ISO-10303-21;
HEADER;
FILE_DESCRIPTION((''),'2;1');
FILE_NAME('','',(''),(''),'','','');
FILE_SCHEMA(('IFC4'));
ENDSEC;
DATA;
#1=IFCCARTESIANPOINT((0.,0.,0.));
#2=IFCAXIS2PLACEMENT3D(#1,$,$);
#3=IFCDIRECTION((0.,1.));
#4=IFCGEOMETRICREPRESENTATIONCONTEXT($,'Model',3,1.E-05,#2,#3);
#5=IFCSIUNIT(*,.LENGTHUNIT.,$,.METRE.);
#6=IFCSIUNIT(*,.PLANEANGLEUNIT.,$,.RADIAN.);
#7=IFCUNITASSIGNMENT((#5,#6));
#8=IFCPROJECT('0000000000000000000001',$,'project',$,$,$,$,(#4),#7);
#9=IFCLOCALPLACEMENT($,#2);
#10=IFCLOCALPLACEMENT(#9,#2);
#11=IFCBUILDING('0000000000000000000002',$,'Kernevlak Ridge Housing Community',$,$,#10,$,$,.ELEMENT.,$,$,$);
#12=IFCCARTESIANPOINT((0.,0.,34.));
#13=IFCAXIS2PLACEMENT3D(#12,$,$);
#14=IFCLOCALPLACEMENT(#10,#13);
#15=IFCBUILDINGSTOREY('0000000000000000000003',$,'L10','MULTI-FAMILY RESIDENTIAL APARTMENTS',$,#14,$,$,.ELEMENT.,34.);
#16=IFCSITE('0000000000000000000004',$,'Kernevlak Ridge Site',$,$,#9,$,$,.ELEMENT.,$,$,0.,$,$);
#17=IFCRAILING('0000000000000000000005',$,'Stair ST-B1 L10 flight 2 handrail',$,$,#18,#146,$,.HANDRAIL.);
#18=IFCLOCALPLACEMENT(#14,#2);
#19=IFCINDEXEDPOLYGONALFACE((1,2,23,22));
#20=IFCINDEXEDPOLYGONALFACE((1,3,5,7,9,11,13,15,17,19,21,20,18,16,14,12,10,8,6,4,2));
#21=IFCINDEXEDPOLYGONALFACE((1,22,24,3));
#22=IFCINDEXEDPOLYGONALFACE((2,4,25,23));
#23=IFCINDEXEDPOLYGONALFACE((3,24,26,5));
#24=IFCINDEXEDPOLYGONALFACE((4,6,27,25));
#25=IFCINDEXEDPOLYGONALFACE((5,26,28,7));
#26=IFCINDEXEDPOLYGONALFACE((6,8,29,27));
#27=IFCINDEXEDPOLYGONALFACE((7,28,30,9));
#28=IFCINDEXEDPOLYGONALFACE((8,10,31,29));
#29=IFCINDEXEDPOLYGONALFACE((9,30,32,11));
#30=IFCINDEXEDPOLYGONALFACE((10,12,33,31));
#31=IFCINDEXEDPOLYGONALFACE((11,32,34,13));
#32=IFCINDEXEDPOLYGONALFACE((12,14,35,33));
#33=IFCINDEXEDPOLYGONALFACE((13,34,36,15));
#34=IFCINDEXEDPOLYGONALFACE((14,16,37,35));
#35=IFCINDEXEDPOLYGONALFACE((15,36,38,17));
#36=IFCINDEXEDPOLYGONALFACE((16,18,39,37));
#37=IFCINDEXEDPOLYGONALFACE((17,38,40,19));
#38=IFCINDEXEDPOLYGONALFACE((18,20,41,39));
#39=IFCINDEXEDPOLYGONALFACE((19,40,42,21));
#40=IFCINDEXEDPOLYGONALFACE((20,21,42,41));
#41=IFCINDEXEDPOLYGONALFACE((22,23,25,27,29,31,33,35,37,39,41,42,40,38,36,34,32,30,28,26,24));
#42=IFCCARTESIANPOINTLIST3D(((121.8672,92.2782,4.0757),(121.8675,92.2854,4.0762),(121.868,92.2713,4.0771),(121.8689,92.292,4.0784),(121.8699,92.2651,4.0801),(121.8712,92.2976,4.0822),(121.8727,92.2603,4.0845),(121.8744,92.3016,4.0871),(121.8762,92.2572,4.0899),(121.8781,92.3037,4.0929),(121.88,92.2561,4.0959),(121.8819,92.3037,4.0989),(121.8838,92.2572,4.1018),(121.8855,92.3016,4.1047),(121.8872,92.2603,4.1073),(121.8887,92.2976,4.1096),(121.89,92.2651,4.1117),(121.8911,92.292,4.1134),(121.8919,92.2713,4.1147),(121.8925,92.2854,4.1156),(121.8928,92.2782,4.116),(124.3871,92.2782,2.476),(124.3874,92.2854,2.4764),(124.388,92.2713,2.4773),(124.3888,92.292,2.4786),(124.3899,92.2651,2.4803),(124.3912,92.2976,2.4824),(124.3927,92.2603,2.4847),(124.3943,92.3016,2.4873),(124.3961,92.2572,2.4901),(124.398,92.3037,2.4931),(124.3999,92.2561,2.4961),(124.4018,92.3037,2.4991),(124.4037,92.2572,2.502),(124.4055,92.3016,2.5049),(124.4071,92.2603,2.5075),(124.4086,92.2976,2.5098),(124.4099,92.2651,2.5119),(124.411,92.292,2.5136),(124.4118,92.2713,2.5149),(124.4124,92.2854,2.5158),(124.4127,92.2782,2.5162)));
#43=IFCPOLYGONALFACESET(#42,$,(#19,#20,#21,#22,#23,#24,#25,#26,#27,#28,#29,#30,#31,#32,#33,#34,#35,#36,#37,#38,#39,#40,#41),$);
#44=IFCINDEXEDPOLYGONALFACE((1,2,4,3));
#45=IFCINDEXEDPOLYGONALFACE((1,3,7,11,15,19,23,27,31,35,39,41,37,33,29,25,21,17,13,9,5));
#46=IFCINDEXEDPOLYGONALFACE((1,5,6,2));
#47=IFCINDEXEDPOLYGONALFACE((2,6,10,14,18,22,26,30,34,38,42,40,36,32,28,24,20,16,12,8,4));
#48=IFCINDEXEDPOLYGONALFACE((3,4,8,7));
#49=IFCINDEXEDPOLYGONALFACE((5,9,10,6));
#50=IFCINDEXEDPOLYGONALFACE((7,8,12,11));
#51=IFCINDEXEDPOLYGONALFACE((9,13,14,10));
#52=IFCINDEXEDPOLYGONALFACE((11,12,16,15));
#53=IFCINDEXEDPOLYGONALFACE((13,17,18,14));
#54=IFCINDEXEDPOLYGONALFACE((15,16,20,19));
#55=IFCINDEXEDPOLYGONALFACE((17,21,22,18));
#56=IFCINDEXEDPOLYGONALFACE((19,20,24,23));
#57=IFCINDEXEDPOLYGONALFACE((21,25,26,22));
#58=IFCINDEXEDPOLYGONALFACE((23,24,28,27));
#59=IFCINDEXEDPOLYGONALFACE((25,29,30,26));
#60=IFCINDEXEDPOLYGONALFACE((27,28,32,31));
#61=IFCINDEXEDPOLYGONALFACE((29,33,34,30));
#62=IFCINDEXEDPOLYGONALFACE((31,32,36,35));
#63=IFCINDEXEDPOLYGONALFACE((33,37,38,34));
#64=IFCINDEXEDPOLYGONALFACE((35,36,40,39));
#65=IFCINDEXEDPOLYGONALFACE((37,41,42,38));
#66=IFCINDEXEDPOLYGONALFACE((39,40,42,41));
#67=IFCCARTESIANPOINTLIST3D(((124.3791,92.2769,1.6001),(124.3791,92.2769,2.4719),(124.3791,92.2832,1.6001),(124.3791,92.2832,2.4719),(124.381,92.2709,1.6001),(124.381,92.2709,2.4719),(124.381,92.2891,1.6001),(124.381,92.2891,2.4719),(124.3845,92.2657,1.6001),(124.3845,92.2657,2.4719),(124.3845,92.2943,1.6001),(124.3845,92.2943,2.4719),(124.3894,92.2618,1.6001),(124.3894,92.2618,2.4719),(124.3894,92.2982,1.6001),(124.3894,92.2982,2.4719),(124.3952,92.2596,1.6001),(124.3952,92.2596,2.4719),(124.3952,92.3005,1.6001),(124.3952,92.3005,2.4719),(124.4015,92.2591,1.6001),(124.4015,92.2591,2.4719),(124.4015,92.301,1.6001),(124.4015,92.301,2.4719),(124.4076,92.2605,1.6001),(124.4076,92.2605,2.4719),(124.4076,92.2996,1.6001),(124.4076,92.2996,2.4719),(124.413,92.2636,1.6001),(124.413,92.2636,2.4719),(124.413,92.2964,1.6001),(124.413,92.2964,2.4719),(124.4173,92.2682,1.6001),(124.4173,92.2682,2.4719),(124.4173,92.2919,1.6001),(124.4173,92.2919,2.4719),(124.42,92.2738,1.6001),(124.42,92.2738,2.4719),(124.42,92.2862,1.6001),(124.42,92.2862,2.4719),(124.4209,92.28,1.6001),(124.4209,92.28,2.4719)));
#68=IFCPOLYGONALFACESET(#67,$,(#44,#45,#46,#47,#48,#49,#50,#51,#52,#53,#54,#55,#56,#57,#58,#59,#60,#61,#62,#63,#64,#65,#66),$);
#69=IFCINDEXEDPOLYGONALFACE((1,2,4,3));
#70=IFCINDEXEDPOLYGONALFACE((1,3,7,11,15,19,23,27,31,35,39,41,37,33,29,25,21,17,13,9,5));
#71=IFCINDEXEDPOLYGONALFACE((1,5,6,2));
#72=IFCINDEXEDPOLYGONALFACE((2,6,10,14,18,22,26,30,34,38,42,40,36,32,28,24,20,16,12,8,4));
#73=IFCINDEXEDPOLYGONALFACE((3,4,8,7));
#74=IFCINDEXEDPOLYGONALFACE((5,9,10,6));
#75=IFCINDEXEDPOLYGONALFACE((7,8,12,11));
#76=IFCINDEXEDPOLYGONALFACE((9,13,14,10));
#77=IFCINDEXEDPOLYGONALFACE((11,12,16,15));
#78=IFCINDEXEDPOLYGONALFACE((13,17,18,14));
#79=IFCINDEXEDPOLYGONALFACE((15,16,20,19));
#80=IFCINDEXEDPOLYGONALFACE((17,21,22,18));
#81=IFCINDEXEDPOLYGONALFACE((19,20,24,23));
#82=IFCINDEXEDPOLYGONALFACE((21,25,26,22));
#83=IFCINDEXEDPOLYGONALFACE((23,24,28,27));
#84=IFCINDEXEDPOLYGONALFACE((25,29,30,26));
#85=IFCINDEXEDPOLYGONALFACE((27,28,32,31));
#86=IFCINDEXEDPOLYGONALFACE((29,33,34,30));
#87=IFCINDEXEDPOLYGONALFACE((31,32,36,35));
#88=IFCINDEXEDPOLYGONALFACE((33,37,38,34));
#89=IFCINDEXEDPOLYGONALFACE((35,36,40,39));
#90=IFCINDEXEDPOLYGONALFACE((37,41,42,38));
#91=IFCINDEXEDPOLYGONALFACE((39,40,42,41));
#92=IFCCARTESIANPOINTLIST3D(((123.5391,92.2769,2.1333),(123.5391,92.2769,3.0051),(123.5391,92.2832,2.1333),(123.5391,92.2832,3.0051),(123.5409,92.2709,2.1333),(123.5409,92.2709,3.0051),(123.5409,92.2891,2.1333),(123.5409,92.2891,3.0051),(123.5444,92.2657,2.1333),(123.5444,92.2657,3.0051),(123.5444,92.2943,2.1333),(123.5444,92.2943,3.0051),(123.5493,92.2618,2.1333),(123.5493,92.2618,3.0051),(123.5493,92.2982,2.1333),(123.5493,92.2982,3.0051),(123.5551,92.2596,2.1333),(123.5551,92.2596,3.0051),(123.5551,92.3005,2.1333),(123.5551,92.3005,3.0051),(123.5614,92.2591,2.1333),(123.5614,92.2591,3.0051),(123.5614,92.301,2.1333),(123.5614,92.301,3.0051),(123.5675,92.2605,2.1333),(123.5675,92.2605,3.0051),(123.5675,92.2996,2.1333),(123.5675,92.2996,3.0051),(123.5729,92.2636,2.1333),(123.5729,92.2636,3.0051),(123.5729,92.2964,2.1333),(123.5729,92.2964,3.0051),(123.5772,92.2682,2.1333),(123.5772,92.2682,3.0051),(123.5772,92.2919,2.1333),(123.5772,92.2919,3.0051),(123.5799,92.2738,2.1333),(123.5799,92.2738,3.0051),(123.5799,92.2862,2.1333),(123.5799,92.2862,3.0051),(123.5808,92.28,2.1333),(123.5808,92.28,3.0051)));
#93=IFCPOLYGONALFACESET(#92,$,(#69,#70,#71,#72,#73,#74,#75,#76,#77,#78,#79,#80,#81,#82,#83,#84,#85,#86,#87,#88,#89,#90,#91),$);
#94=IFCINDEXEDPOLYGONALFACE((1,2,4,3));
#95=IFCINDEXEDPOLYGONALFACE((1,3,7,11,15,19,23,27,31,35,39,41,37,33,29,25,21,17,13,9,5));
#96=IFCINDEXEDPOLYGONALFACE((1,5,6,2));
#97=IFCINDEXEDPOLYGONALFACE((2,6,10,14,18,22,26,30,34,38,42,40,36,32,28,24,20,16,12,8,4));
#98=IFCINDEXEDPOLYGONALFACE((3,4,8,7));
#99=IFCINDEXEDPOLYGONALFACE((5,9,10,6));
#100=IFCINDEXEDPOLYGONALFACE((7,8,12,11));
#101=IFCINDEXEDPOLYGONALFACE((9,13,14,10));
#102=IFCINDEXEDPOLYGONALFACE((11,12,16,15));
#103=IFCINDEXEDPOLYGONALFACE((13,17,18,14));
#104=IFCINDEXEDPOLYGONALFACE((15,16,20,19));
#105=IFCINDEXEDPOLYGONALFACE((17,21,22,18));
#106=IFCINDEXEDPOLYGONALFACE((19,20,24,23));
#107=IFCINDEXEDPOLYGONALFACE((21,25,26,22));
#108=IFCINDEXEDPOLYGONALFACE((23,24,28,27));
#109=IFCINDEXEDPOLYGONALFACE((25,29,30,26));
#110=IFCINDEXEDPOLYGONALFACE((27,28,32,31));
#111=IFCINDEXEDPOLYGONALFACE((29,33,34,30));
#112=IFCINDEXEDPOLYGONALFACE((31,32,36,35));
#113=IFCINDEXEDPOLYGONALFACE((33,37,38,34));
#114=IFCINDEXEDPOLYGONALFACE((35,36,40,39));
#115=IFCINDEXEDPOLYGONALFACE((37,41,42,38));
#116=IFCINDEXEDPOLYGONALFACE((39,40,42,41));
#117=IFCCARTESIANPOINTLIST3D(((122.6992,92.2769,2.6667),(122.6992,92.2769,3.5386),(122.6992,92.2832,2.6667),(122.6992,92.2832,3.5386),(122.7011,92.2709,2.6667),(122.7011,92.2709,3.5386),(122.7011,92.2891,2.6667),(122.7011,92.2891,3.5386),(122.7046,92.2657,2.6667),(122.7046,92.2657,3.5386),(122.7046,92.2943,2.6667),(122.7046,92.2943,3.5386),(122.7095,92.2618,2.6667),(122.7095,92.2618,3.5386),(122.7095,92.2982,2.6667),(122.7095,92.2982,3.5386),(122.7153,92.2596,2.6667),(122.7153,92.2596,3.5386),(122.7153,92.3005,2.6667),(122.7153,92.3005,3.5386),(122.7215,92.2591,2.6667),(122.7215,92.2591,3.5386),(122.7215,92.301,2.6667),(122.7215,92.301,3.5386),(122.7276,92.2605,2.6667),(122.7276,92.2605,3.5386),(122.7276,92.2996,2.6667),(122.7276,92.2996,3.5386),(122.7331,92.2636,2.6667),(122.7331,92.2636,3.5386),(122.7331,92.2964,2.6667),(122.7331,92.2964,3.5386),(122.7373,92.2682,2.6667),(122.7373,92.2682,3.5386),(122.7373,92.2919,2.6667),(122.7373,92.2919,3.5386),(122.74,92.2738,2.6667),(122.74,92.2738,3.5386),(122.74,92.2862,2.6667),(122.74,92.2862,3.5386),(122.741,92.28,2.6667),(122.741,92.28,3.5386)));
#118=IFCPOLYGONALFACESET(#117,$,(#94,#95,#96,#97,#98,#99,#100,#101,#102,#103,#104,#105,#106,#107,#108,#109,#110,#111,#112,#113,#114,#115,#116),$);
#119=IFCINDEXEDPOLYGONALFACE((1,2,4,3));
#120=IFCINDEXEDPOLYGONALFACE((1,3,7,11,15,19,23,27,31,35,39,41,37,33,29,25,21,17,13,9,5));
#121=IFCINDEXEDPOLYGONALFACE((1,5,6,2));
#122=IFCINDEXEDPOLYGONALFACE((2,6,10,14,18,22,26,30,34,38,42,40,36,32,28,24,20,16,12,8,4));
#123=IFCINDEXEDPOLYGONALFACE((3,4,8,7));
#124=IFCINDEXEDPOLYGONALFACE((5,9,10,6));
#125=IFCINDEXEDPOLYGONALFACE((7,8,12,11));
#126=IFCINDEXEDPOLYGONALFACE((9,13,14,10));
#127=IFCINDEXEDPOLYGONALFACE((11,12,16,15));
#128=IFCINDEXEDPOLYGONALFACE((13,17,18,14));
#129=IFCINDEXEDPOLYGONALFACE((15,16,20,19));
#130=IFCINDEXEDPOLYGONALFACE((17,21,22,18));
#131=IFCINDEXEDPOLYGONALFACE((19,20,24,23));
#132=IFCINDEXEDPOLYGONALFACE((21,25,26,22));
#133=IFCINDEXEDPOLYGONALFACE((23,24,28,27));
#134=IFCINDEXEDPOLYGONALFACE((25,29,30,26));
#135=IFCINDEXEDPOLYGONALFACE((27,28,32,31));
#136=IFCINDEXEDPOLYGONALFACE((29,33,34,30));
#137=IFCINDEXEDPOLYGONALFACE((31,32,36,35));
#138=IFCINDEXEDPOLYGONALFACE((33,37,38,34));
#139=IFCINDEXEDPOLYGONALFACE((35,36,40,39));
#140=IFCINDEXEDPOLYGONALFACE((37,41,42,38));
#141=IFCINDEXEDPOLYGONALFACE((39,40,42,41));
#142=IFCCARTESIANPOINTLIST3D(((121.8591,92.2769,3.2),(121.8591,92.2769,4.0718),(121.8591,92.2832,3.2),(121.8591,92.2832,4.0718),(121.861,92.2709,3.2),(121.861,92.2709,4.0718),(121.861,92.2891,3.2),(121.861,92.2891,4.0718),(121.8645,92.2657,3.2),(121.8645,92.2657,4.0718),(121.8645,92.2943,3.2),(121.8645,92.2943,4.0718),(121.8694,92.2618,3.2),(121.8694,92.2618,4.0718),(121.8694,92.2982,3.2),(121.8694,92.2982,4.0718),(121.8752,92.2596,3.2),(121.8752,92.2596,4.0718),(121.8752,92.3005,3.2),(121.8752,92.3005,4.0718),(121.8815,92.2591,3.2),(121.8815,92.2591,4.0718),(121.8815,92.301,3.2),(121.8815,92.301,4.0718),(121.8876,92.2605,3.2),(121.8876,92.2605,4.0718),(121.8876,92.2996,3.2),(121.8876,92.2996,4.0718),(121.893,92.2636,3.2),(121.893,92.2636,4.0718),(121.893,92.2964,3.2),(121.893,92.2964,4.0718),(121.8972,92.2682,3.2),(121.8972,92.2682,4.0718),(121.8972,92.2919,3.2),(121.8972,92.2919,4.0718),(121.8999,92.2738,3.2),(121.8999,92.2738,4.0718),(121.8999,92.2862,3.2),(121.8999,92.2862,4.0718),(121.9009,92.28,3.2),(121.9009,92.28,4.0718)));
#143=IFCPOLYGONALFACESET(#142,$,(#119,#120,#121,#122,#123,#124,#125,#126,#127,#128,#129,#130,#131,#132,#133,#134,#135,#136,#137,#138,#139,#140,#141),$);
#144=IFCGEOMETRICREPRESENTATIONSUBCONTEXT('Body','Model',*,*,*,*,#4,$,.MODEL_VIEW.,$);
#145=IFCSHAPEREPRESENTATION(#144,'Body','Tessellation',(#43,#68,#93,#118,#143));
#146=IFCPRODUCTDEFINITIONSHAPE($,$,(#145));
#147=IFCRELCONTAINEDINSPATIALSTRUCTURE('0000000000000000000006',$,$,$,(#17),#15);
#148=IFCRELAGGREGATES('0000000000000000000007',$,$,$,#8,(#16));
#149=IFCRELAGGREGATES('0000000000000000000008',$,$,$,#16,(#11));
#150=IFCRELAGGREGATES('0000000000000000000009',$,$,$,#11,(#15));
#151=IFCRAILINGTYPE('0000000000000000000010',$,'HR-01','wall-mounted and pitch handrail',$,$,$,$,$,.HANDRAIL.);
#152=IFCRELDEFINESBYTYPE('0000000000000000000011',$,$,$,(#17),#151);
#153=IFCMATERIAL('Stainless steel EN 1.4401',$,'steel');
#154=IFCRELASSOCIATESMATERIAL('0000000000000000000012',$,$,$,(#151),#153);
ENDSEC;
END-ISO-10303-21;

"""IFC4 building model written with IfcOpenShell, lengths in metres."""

from ifc_helpers import new_model, si_unit, direction, frame, origin, origin_2d, place, context, subcontext, project, spatial, circle, extrude, material, type_object, element, save


model = new_model("IFC4")

# Units and contexts
model_context = context("Model", 3, precision=1e-05, world=origin(), true_north=direction((0.0, 1.0)))
body_context = subcontext(model_context, "Body", "Model", "MODEL_VIEW")
ifc_project = project(units=[si_unit("LENGTHUNIT", "METRE"), si_unit("PLANEANGLEUNIT", "RADIAN")], contexts=[model_context])

# Site, building, storey
site_placement = place(None, origin())
site = spatial("IfcSite", under=ifc_project, at=site_placement, Name="Kernevlak Ridge Site", CompositionType="ELEMENT", RefElevation=0.0)
building_placement = place(site_placement, origin())
building = spatial("IfcBuilding", under=site, at=building_placement, Name="Kernevlak Ridge Housing Community", CompositionType="ELEMENT")
storey_placement = place(building_placement, frame((0.0, 0.0, 34.0)))
storey = spatial("IfcBuildingStorey", under=building, at=storey_placement, Name="L10", Description="MULTI-FAMILY RESIDENTIAL APARTMENTS", CompositionType="ELEMENT", Elevation=34.0)

# Shared definitions
ifc_material_1 = material(Name="Stainless steel EN 1.4401", Category="steel")

# Railing
railing_type_1 = type_object("IfcRailingType", Name="HR-01", Description="wall-mounted and pitch handrail", PredefinedType="HANDRAIL", material=ifc_material_1)
railing_1_placement = place(storey_placement, frame((124.3999, 92.28, 1.6001)))
element("IfcRailing", 1, at=railing_1_placement, inside=storey, type_object=railing_type_1, Name="Stair ST-B1 L10 flight 2 handrail", PredefinedType="HANDRAIL", context=body_context, shape_type="SweptSolid", body=[
    extrude(circle(Radius=0.0239, at=origin_2d()), frame((0.0, 0.0, 0.896), z_axis=(-0.844237, 0.0, 0.53597), x_axis=(0.0, -1.0, 0.0)), (0.0, 0.0, 1.0), 2.9849),
    extrude(circle(Radius=0.021, at=origin_2d()), origin(), (0.0, 0.0, 1.0), 0.8718),
    extrude(circle(Radius=0.021, at=origin_2d()), frame((-0.8401, 0.0, 0.5332)), (0.0, 0.0, 1.0), 0.8718),
    extrude(circle(Radius=0.021, at=origin_2d()), frame((-1.6799, 0.0, 1.0667)), (0.0, 0.0, 1.0), 0.8718),
    extrude(circle(Radius=0.021, at=origin_2d()), frame((-2.52, 0.0, 1.5999)), (0.0, 0.0, 1.0), 0.8718),
])

save(model, "model.ifc")
